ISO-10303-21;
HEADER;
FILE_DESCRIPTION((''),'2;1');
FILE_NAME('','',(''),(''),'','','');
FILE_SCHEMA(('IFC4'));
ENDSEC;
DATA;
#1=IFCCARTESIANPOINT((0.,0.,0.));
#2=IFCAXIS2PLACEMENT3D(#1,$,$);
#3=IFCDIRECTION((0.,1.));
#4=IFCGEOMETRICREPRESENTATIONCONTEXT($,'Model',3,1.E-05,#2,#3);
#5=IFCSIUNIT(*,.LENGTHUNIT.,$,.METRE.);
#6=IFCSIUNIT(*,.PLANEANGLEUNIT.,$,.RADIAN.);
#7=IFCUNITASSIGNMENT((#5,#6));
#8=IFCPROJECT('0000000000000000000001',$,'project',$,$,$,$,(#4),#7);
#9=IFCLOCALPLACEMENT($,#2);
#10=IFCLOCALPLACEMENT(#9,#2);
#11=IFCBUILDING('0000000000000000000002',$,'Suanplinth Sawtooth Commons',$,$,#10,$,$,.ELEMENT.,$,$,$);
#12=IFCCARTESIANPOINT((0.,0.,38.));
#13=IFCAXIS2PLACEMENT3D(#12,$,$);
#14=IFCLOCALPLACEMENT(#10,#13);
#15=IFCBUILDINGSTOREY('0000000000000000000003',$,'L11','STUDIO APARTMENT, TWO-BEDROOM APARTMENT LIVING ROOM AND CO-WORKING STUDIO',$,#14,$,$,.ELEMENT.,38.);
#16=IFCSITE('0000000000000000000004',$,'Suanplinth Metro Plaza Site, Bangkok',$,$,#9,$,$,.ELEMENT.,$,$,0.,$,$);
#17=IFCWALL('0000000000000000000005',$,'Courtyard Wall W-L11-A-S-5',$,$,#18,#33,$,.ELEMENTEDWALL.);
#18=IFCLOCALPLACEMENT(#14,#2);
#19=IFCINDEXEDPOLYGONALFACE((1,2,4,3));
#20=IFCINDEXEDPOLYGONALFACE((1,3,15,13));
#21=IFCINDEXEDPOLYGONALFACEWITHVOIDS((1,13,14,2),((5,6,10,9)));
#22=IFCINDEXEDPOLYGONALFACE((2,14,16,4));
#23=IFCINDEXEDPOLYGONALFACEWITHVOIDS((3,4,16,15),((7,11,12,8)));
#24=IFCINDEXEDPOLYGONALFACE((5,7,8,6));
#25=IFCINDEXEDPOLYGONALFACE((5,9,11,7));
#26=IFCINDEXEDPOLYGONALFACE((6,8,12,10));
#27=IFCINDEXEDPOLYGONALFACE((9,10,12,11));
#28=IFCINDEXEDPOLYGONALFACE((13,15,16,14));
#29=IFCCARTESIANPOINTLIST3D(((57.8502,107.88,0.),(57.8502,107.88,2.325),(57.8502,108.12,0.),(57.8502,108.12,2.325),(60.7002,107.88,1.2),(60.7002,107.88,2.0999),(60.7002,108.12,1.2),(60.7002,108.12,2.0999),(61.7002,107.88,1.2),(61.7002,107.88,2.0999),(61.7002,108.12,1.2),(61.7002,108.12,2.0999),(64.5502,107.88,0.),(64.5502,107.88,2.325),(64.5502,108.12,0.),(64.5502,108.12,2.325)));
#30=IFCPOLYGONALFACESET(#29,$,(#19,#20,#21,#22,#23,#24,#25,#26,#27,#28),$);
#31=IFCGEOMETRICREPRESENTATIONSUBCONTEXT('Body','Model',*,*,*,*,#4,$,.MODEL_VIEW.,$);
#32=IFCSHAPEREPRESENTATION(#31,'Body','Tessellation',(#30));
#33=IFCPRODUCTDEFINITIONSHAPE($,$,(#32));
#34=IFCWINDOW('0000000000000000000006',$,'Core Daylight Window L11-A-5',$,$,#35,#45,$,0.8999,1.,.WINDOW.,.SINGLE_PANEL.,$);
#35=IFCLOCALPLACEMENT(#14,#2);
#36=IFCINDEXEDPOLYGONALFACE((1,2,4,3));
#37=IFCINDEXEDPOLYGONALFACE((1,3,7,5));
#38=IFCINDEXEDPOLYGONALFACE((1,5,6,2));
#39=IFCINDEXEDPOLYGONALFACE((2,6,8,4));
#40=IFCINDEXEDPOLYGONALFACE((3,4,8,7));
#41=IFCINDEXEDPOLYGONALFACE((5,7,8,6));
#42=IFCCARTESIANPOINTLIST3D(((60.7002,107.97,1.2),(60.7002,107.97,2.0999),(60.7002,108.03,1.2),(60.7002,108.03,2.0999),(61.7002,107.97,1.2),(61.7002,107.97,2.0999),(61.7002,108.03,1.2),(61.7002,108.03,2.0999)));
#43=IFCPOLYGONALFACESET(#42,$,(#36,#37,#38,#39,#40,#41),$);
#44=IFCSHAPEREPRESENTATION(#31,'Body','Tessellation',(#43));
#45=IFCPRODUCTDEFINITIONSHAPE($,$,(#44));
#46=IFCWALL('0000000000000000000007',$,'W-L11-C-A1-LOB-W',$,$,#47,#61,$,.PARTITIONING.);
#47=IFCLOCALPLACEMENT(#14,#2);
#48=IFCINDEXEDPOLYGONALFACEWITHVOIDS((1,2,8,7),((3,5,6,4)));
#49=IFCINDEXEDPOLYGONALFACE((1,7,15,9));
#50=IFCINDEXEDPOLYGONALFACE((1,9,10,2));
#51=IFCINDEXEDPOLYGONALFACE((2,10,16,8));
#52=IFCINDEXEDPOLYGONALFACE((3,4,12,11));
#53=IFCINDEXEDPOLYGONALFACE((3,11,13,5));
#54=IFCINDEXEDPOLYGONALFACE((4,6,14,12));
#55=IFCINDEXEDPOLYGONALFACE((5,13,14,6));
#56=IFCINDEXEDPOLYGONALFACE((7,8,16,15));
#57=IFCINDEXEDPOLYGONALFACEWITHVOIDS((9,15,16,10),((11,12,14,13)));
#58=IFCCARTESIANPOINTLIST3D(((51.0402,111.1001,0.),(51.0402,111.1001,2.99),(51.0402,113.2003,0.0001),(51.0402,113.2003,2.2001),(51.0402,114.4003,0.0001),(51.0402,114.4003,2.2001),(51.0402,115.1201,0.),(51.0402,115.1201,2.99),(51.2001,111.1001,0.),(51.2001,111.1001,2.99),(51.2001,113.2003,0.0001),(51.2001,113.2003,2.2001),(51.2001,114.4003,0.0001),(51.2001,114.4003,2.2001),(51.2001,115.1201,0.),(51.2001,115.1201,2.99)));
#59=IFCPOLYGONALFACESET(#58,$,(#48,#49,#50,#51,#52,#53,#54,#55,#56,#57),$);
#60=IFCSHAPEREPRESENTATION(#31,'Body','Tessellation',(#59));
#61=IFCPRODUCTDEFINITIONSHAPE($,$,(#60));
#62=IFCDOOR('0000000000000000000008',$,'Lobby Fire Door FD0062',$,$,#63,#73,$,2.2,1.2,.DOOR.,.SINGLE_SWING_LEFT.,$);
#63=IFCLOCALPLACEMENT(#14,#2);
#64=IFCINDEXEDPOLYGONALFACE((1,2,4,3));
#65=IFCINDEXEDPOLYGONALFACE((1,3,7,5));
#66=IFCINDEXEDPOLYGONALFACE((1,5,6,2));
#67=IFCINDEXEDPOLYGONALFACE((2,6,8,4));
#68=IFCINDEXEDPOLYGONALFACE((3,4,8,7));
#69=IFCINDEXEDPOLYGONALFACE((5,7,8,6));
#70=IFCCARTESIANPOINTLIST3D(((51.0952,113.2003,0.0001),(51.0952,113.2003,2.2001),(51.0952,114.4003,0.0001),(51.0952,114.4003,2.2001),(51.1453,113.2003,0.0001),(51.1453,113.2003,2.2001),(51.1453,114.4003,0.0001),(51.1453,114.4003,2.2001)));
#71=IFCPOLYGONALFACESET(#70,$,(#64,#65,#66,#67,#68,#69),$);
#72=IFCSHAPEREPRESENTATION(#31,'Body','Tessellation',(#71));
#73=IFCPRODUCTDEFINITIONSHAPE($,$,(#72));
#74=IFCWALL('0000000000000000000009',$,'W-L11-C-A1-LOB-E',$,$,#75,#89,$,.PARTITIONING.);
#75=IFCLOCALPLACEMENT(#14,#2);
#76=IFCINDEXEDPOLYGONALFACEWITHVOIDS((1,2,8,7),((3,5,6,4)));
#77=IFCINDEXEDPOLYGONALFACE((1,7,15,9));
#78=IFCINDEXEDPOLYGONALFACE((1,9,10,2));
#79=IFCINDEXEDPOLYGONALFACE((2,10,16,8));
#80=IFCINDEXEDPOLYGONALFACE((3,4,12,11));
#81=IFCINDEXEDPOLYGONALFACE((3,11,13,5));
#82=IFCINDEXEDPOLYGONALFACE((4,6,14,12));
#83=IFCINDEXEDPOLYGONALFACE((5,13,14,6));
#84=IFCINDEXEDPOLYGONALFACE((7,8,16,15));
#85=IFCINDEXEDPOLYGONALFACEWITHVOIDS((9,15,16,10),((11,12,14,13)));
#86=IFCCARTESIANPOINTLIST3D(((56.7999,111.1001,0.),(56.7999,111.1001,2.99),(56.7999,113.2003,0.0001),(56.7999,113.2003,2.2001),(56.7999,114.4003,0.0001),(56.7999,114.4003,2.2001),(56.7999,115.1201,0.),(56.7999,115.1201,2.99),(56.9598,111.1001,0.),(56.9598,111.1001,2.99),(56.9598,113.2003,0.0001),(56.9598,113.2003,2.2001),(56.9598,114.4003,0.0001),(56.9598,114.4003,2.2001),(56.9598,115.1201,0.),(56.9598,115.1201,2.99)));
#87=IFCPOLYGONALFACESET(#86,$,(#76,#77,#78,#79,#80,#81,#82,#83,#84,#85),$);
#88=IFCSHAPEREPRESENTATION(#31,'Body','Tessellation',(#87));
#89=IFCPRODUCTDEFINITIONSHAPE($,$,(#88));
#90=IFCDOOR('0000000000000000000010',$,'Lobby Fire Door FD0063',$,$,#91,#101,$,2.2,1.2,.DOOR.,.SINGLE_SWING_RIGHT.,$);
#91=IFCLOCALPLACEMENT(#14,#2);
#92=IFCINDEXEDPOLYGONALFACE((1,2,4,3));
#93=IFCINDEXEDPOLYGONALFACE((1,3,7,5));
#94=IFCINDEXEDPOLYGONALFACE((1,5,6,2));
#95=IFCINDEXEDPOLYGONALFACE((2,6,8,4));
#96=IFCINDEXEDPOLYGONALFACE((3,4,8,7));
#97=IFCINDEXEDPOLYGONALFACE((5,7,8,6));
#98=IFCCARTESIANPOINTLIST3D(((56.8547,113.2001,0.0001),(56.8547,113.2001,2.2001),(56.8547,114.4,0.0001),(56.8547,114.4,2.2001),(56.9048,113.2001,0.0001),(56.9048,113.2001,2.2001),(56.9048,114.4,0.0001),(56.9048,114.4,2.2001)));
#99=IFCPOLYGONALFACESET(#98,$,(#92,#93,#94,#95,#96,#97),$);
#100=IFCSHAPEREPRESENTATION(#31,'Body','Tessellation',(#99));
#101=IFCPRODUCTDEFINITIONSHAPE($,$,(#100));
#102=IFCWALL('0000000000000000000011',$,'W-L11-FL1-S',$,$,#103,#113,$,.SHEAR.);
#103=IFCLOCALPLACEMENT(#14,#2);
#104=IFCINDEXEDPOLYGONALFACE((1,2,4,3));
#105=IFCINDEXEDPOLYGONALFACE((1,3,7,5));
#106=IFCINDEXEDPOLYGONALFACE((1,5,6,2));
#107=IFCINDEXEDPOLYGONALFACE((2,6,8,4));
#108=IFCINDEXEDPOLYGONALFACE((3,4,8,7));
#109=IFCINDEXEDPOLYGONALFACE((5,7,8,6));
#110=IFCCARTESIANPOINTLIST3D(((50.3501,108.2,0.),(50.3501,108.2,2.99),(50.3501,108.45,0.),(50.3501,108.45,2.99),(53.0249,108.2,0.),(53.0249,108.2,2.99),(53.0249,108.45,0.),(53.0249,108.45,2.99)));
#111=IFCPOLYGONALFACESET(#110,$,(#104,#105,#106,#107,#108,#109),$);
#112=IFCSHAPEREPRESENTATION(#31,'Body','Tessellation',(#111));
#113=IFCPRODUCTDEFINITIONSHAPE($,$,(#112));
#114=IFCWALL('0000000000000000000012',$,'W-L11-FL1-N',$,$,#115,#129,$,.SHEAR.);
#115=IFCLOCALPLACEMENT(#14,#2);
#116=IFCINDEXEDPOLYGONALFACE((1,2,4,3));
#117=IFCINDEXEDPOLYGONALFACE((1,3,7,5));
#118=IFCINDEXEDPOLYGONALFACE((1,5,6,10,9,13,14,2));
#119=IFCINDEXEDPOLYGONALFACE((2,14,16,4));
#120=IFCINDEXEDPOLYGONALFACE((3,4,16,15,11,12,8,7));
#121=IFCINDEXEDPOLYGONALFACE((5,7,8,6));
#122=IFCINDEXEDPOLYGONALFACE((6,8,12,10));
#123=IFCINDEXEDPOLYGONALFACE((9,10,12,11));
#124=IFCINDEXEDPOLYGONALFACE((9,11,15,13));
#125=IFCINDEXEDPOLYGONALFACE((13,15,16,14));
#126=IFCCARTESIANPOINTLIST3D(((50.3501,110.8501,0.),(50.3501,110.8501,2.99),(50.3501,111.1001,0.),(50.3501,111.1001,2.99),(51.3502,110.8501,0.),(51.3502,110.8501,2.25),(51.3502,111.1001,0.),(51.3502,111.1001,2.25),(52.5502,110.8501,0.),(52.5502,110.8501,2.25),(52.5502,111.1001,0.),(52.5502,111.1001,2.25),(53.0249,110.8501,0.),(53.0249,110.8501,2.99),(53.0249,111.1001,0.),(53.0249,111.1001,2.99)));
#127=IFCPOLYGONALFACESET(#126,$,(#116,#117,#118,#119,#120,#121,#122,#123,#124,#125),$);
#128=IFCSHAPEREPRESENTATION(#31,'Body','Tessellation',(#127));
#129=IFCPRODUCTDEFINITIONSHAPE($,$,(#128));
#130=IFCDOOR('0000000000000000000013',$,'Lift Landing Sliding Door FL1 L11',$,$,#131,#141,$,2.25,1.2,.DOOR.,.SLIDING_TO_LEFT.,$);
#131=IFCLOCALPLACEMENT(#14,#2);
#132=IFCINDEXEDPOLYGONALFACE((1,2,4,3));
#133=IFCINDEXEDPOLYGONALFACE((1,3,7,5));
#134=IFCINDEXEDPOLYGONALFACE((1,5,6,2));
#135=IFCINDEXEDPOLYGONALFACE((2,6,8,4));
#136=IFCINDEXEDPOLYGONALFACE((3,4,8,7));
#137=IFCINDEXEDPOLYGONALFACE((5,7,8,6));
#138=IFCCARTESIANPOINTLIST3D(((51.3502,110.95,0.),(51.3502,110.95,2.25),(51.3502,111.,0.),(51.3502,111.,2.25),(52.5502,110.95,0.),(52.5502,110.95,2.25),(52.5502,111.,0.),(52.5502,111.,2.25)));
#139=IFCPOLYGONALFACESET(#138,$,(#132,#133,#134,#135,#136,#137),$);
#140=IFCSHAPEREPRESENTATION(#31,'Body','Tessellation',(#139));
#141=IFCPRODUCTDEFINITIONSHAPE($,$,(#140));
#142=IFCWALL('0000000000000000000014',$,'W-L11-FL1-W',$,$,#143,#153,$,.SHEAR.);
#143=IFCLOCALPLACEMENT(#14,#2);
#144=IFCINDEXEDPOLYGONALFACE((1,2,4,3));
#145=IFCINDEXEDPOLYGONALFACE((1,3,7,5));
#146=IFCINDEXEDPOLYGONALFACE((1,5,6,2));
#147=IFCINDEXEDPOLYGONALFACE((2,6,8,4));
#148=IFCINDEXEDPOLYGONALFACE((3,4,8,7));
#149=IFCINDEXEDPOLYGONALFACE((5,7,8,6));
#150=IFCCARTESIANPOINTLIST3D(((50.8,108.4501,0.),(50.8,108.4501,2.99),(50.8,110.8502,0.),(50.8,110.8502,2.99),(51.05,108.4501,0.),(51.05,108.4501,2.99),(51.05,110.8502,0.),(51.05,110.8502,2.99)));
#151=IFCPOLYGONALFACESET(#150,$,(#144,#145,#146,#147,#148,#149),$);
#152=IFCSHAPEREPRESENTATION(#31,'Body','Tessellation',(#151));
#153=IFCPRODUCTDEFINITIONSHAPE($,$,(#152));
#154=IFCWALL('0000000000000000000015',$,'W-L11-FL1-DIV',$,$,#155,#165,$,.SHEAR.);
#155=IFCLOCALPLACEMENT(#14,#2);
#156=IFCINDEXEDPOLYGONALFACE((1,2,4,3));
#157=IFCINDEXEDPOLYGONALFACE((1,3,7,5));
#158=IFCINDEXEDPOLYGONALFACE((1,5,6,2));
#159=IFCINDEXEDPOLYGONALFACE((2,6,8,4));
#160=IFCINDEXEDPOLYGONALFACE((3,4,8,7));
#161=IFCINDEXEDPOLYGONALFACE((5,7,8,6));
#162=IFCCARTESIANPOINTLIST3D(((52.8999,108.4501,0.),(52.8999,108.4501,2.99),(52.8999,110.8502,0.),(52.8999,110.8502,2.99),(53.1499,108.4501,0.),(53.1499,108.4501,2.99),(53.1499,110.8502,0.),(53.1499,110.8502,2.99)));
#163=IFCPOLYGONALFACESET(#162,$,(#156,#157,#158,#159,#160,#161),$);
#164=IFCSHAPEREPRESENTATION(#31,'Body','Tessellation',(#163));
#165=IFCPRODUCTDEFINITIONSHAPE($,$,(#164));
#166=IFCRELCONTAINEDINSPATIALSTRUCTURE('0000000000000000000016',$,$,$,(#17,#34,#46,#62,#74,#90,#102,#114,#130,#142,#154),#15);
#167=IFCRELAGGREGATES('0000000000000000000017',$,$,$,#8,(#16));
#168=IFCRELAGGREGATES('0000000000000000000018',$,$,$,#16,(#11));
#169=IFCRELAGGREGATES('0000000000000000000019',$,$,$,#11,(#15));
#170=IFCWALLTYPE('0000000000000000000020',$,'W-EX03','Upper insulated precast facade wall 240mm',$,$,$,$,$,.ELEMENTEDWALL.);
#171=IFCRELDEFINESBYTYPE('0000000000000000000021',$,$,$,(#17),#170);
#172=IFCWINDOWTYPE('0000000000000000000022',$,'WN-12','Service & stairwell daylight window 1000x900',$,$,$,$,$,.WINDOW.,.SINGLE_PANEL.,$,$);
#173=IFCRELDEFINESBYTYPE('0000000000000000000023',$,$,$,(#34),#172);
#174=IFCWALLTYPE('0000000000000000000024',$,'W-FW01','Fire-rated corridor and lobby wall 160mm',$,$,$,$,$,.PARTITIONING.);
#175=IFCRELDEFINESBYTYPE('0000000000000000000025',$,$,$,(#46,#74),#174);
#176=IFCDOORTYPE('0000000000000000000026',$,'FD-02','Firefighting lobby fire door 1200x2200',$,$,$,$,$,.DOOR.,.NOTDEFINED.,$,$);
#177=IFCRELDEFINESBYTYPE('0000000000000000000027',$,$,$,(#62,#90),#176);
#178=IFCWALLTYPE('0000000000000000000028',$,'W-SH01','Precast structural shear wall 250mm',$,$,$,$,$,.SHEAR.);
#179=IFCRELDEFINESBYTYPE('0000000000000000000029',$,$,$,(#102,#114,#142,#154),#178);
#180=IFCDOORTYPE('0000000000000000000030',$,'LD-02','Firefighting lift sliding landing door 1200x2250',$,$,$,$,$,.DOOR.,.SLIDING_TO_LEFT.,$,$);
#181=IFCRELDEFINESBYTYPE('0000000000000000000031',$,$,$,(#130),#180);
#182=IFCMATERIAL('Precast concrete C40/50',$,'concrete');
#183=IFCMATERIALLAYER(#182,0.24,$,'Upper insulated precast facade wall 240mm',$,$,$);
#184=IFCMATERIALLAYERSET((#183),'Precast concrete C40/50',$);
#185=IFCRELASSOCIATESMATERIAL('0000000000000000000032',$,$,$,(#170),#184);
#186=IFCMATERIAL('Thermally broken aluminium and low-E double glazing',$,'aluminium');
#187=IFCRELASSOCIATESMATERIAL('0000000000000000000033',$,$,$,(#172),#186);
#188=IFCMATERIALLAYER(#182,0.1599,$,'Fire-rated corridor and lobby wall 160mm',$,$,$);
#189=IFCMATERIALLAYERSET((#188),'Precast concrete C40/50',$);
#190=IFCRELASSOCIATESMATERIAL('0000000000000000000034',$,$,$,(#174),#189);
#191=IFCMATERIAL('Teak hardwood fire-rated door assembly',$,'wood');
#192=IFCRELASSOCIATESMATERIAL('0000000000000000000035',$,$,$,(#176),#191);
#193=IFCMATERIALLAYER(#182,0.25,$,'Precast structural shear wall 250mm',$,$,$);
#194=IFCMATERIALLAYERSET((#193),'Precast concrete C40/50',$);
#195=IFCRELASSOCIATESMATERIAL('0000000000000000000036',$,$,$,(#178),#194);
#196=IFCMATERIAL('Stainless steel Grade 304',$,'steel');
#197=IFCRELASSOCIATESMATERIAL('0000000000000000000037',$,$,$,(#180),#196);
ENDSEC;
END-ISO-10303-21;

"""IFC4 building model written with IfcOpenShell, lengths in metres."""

from ifc_helpers import new_model, si_unit, direction, frame, frame_2d, origin, place, context, subcontext, project, spatial, rectangle, extrude, material, layer, layer_set, type_object, element, fill, save


model = new_model("IFC4")

# Units and contexts
model_context = context("Model", 3, precision=1e-05, world=origin(), true_north=direction((0.0, 1.0)))
body_context = subcontext(model_context, "Body", "Model", "MODEL_VIEW")
ifc_project = project(units=[si_unit("LENGTHUNIT", "METRE"), si_unit("PLANEANGLEUNIT", "RADIAN")], contexts=[model_context])

# Site, building, storey
site_placement = place(None, origin())
site = spatial("IfcSite", under=ifc_project, at=site_placement, Name="Suanplinth Metro Plaza Site, Bangkok", CompositionType="ELEMENT", RefElevation=0.0)
building_placement = place(site_placement, origin())
building = spatial("IfcBuilding", under=site, at=building_placement, Name="Suanplinth Sawtooth Commons", CompositionType="ELEMENT")
storey_placement = place(building_placement, frame((0.0, 0.0, 38.0)))
storey = spatial("IfcBuildingStorey", under=building, at=storey_placement, Name="L11", Description="STUDIO APARTMENT, TWO-BEDROOM APARTMENT LIVING ROOM AND CO-WORKING STUDIO", CompositionType="ELEMENT", Elevation=38.0)

# Shared definitions
ifc_material_1 = material(Name="Precast concrete C40/50", Category="concrete")

# Wall, opening, window
ifc_layer_1 = layer(ifc_material_1, 0.24, Name="Upper insulated precast facade wall 240mm")
ifc_layer_set_1 = layer_set([ifc_layer_1], Name="Precast concrete C40/50")
wall_type_1 = type_object("IfcWallType", Name="W-EX03", Description="Upper insulated precast facade wall 240mm", PredefinedType="ELEMENTEDWALL", material=ifc_layer_set_1)
ifc_material_2 = material(Name="Thermally broken aluminium and low-E double glazing", Category="aluminium")
window_type = type_object("IfcWindowType", Name="WN-12", Description="Service & stairwell daylight window 1000x900", PartitioningType="SINGLE_PANEL", PredefinedType="WINDOW", material=ifc_material_2)
wall_1_placement = place(storey_placement, frame((57.8501, 108.0, 0.0), z_axis=(0.0, 0.0, 1.0), x_axis=(1.0, 0.0, 0.0)))
wall_1 = element("IfcWall", 1, at=wall_1_placement, inside=storey, type_object=wall_type_1, Name="Courtyard Wall W-L11-A-S-5", PredefinedType="ELEMENTEDWALL", context=body_context, shape_type="SweptSolid", body=[
    extrude(rectangle(XDim=6.7, YDim=0.24, at=frame_2d((3.3501, 0.0))), origin(), (0.0, 0.0, 1.0), 2.325),
])
opening_1_placement = place(wall_1_placement, frame((2.8501, 0.0, 1.2)))
opening_1 = element("IfcOpeningElement", 2, at=opening_1_placement, cuts=wall_1, PredefinedType="OPENING", context=body_context, shape_type="SweptSolid", body=[
    extrude(rectangle(XDim=1.0, YDim=0.8999, at=frame_2d((0.5, 0.45))), frame((0.0, 0.1348, 0.0), z_axis=(0.0, -1.0, 0.0), x_axis=(1.0, 0.0, 0.0)), (0.0, 0.0, 1.0), 0.2698),
])
window_1_placement = place(opening_1_placement, origin())
window_1 = element("IfcWindow", 3, at=window_1_placement, inside=storey, type_object=window_type, Name="Core Daylight Window L11-A-5", OverallHeight=0.8999, OverallWidth=1.0, PartitioningType="SINGLE_PANEL", PredefinedType="WINDOW", context=body_context, shape_type="SweptSolid", body=[
    extrude(rectangle(XDim=1.0, YDim=0.8999, at=frame_2d((0.5, 0.45))), frame((0.0, 0.03, 0.0), z_axis=(0.0, -1.0, 0.0), x_axis=(1.0, 0.0, 0.0)), (0.0, 0.0, 1.0), 0.0601),
])
fill(opening_1, window_1)

# Walls, openings, doors
ifc_layer_2 = layer(ifc_material_1, 0.1599, Name="Fire-rated corridor and lobby wall 160mm")
ifc_layer_set_2 = layer_set([ifc_layer_2], Name="Precast concrete C40/50")
wall_type_2 = type_object("IfcWallType", Name="W-FW01", Description="Fire-rated corridor and lobby wall 160mm", PredefinedType="PARTITIONING", material=ifc_layer_set_2)
wall_2_placement = place(storey_placement, frame((51.1201, 111.1001, 0.0), z_axis=(0.0, 0.0, 1.0), x_axis=(0.0, 1.0, 0.0)))
wall_2 = element("IfcWall", 4, at=wall_2_placement, inside=storey, type_object=wall_type_2, Name="W-L11-C-A1-LOB-W", PredefinedType="PARTITIONING", context=body_context, shape_type="SweptSolid", body=[
    extrude(rectangle(XDim=4.02, YDim=0.1599, at=frame_2d((2.01, 0.0))), origin(), (0.0, 0.0, 1.0), 2.99),
])
opening_2_placement = place(wall_2_placement, frame((2.1001, 0.0, 0.0)))
opening_2 = element("IfcOpeningElement", 5, at=opening_2_placement, cuts=wall_2, PredefinedType="OPENING", context=body_context, shape_type="SweptSolid", body=[
    extrude(rectangle(XDim=1.2, YDim=2.2, at=frame_2d((0.6001, 1.1001))), frame((0.0, 0.0947, 0.0), z_axis=(0.0, -1.0, 0.0), x_axis=(1.0, 0.0, 0.0)), (0.0, 0.0, 1.0), 0.1897),
])
ifc_material_3 = material(Name="Teak hardwood fire-rated door assembly", Category="wood")
door_type_1 = type_object("IfcDoorType", Name="FD-02", Description="Firefighting lobby fire door 1200x2200", OperationType="NOTDEFINED", PredefinedType="DOOR", material=ifc_material_3)
door_1_placement = place(opening_2_placement, origin())
door_1 = element("IfcDoor", 6, at=door_1_placement, inside=storey, type_object=door_type_1, Name="Lobby Fire Door FD0062", OperationType="SINGLE_SWING_LEFT", OverallHeight=2.2, OverallWidth=1.2, PredefinedType="DOOR", context=body_context, shape_type="SweptSolid", body=[
    extrude(rectangle(XDim=1.2, YDim=2.2, at=frame_2d((0.6001, 1.1001))), frame((0.0, 0.0249, 0.0), z_axis=(0.0, -1.0, 0.0), x_axis=(1.0, 0.0, 0.0)), (0.0, 0.0, 1.0), 0.05),
])
fill(opening_2, door_1)
wall_3_placement = place(storey_placement, frame((56.8799, 111.1001, 0.0), z_axis=(0.0, 0.0, 1.0), x_axis=(0.0, 1.0, 0.0)))
wall_3 = element("IfcWall", 7, at=wall_3_placement, inside=storey, type_object=wall_type_2, Name="W-L11-C-A1-LOB-E", PredefinedType="PARTITIONING", context=body_context, shape_type="SweptSolid", body=[
    extrude(rectangle(XDim=4.02, YDim=0.1599, at=frame_2d((2.01, 0.0))), origin(), (0.0, 0.0, 1.0), 2.99),
])
opening_3_placement = place(wall_3_placement, frame((2.1001, 0.0, 0.0)))
opening_3 = element("IfcOpeningElement", 8, at=opening_3_placement, cuts=wall_3, PredefinedType="OPENING", context=body_context, shape_type="SweptSolid", body=[
    extrude(rectangle(XDim=1.2, YDim=2.2, at=frame_2d((0.6001, 1.1001))), frame((0.0, 0.0947, 0.0), z_axis=(0.0, -1.0, 0.0), x_axis=(1.0, 0.0, 0.0)), (0.0, 0.0, 1.0), 0.1897),
])
door_2_placement = place(opening_3_placement, frame((1.2, 0.0, 0.0), z_axis=(0.0, 0.0, 1.0), x_axis=(-1.0, 0.0, 0.0)))
door_2 = element("IfcDoor", 9, at=door_2_placement, inside=storey, type_object=door_type_1, Name="Lobby Fire Door FD0063", OperationType="SINGLE_SWING_RIGHT", OverallHeight=2.2, OverallWidth=1.2, PredefinedType="DOOR", context=body_context, shape_type="SweptSolid", body=[
    extrude(rectangle(XDim=1.2, YDim=2.2, at=frame_2d((0.6001, 1.1001))), frame((0.0, 0.0249, 0.0), z_axis=(0.0, -1.0, 0.0), x_axis=(1.0, 0.0, 0.0)), (0.0, 0.0, 1.0), 0.05),
])
fill(opening_3, door_2)

# Wall
ifc_layer_3 = layer(ifc_material_1, 0.25, Name="Precast structural shear wall 250mm")
ifc_layer_set_3 = layer_set([ifc_layer_3], Name="Precast concrete C40/50")
wall_type_3 = type_object("IfcWallType", Name="W-SH01", Description="Precast structural shear wall 250mm", PredefinedType="SHEAR", material=ifc_layer_set_3)
wall_4_placement = place(storey_placement, frame((50.3501, 108.325, 0.0), z_axis=(0.0, 0.0, 1.0), x_axis=(1.0, 0.0, 0.0)))
element("IfcWall", 10, at=wall_4_placement, inside=storey, type_object=wall_type_3, Name="W-L11-FL1-S", PredefinedType="SHEAR", context=body_context, shape_type="SweptSolid", body=[
    extrude(rectangle(XDim=2.6748, YDim=0.25, at=frame_2d((1.3374, 0.0))), origin(), (0.0, 0.0, 1.0), 2.99),
])

# Wall, opening, door
wall_5_placement = place(storey_placement, frame((50.3501, 110.9751, 0.0), z_axis=(0.0, 0.0, 1.0), x_axis=(1.0, 0.0, 0.0)))
wall_5 = element("IfcWall", 11, at=wall_5_placement, inside=storey, type_object=wall_type_3, Name="W-L11-FL1-N", PredefinedType="SHEAR", context=body_context, shape_type="SweptSolid", body=[
    extrude(rectangle(XDim=2.6748, YDim=0.25, at=frame_2d((1.3374, 0.0))), origin(), (0.0, 0.0, 1.0), 2.99),
])
opening_4_placement = place(wall_5_placement, frame((1.0, 0.0, 0.0)))
opening_4 = element("IfcOpeningElement", 12, at=opening_4_placement, cuts=wall_5, PredefinedType="OPENING", context=body_context, shape_type="SweptSolid", body=[
    extrude(rectangle(XDim=1.2, YDim=2.25, at=frame_2d((0.6001, 1.125))), frame((0.0, 0.1399, 0.0), z_axis=(0.0, -1.0, 0.0), x_axis=(1.0, 0.0, 0.0)), (0.0, 0.0, 1.0), 0.2798),
])
ifc_material_4 = material(Name="Stainless steel Grade 304", Category="steel")
door_type_2 = type_object("IfcDoorType", Name="LD-02", Description="Firefighting lift sliding landing door 1200x2250", OperationType="SLIDING_TO_LEFT", PredefinedType="DOOR", material=ifc_material_4)
door_3_placement = place(opening_4_placement, origin())
door_3 = element("IfcDoor", 13, at=door_3_placement, inside=storey, type_object=door_type_2, Name="Lift Landing Sliding Door FL1 L11", OperationType="SLIDING_TO_LEFT", OverallHeight=2.25, OverallWidth=1.2, PredefinedType="DOOR", context=body_context, shape_type="SweptSolid", body=[
    extrude(rectangle(XDim=1.2, YDim=2.25, at=frame_2d((0.6001, 1.125))), frame((0.0, 0.0249, 0.0), z_axis=(0.0, -1.0, 0.0), x_axis=(1.0, 0.0, 0.0)), (0.0, 0.0, 1.0), 0.05),
])
fill(opening_4, door_3)

# Walls
for number, where, z_axis, x_axis, name in (
    (14, (50.925, 108.45, 0.0), (0.0, 0.0, 1.0), (0.0, 1.0, 0.0), "W-L11-FL1-W"),
    (15, (53.0249, 108.45, 0.0), (0.0, 0.0, 1.0), (0.0, 1.0, 0.0), "W-L11-FL1-DIV"),
):
    element("IfcWall", number, at=place(storey_placement, frame(where, z_axis=z_axis, x_axis=x_axis)), inside=storey, type_object=wall_type_3, Name=name, PredefinedType="SHEAR", context=body_context, shape_type="SweptSolid", body=[
        extrude(rectangle(XDim=2.4001, YDim=0.25, at=frame_2d((1.2002, 0.0))), origin(), (0.0, 0.0, 1.0), 2.99),
    ])

save(model, "model.ifc")
